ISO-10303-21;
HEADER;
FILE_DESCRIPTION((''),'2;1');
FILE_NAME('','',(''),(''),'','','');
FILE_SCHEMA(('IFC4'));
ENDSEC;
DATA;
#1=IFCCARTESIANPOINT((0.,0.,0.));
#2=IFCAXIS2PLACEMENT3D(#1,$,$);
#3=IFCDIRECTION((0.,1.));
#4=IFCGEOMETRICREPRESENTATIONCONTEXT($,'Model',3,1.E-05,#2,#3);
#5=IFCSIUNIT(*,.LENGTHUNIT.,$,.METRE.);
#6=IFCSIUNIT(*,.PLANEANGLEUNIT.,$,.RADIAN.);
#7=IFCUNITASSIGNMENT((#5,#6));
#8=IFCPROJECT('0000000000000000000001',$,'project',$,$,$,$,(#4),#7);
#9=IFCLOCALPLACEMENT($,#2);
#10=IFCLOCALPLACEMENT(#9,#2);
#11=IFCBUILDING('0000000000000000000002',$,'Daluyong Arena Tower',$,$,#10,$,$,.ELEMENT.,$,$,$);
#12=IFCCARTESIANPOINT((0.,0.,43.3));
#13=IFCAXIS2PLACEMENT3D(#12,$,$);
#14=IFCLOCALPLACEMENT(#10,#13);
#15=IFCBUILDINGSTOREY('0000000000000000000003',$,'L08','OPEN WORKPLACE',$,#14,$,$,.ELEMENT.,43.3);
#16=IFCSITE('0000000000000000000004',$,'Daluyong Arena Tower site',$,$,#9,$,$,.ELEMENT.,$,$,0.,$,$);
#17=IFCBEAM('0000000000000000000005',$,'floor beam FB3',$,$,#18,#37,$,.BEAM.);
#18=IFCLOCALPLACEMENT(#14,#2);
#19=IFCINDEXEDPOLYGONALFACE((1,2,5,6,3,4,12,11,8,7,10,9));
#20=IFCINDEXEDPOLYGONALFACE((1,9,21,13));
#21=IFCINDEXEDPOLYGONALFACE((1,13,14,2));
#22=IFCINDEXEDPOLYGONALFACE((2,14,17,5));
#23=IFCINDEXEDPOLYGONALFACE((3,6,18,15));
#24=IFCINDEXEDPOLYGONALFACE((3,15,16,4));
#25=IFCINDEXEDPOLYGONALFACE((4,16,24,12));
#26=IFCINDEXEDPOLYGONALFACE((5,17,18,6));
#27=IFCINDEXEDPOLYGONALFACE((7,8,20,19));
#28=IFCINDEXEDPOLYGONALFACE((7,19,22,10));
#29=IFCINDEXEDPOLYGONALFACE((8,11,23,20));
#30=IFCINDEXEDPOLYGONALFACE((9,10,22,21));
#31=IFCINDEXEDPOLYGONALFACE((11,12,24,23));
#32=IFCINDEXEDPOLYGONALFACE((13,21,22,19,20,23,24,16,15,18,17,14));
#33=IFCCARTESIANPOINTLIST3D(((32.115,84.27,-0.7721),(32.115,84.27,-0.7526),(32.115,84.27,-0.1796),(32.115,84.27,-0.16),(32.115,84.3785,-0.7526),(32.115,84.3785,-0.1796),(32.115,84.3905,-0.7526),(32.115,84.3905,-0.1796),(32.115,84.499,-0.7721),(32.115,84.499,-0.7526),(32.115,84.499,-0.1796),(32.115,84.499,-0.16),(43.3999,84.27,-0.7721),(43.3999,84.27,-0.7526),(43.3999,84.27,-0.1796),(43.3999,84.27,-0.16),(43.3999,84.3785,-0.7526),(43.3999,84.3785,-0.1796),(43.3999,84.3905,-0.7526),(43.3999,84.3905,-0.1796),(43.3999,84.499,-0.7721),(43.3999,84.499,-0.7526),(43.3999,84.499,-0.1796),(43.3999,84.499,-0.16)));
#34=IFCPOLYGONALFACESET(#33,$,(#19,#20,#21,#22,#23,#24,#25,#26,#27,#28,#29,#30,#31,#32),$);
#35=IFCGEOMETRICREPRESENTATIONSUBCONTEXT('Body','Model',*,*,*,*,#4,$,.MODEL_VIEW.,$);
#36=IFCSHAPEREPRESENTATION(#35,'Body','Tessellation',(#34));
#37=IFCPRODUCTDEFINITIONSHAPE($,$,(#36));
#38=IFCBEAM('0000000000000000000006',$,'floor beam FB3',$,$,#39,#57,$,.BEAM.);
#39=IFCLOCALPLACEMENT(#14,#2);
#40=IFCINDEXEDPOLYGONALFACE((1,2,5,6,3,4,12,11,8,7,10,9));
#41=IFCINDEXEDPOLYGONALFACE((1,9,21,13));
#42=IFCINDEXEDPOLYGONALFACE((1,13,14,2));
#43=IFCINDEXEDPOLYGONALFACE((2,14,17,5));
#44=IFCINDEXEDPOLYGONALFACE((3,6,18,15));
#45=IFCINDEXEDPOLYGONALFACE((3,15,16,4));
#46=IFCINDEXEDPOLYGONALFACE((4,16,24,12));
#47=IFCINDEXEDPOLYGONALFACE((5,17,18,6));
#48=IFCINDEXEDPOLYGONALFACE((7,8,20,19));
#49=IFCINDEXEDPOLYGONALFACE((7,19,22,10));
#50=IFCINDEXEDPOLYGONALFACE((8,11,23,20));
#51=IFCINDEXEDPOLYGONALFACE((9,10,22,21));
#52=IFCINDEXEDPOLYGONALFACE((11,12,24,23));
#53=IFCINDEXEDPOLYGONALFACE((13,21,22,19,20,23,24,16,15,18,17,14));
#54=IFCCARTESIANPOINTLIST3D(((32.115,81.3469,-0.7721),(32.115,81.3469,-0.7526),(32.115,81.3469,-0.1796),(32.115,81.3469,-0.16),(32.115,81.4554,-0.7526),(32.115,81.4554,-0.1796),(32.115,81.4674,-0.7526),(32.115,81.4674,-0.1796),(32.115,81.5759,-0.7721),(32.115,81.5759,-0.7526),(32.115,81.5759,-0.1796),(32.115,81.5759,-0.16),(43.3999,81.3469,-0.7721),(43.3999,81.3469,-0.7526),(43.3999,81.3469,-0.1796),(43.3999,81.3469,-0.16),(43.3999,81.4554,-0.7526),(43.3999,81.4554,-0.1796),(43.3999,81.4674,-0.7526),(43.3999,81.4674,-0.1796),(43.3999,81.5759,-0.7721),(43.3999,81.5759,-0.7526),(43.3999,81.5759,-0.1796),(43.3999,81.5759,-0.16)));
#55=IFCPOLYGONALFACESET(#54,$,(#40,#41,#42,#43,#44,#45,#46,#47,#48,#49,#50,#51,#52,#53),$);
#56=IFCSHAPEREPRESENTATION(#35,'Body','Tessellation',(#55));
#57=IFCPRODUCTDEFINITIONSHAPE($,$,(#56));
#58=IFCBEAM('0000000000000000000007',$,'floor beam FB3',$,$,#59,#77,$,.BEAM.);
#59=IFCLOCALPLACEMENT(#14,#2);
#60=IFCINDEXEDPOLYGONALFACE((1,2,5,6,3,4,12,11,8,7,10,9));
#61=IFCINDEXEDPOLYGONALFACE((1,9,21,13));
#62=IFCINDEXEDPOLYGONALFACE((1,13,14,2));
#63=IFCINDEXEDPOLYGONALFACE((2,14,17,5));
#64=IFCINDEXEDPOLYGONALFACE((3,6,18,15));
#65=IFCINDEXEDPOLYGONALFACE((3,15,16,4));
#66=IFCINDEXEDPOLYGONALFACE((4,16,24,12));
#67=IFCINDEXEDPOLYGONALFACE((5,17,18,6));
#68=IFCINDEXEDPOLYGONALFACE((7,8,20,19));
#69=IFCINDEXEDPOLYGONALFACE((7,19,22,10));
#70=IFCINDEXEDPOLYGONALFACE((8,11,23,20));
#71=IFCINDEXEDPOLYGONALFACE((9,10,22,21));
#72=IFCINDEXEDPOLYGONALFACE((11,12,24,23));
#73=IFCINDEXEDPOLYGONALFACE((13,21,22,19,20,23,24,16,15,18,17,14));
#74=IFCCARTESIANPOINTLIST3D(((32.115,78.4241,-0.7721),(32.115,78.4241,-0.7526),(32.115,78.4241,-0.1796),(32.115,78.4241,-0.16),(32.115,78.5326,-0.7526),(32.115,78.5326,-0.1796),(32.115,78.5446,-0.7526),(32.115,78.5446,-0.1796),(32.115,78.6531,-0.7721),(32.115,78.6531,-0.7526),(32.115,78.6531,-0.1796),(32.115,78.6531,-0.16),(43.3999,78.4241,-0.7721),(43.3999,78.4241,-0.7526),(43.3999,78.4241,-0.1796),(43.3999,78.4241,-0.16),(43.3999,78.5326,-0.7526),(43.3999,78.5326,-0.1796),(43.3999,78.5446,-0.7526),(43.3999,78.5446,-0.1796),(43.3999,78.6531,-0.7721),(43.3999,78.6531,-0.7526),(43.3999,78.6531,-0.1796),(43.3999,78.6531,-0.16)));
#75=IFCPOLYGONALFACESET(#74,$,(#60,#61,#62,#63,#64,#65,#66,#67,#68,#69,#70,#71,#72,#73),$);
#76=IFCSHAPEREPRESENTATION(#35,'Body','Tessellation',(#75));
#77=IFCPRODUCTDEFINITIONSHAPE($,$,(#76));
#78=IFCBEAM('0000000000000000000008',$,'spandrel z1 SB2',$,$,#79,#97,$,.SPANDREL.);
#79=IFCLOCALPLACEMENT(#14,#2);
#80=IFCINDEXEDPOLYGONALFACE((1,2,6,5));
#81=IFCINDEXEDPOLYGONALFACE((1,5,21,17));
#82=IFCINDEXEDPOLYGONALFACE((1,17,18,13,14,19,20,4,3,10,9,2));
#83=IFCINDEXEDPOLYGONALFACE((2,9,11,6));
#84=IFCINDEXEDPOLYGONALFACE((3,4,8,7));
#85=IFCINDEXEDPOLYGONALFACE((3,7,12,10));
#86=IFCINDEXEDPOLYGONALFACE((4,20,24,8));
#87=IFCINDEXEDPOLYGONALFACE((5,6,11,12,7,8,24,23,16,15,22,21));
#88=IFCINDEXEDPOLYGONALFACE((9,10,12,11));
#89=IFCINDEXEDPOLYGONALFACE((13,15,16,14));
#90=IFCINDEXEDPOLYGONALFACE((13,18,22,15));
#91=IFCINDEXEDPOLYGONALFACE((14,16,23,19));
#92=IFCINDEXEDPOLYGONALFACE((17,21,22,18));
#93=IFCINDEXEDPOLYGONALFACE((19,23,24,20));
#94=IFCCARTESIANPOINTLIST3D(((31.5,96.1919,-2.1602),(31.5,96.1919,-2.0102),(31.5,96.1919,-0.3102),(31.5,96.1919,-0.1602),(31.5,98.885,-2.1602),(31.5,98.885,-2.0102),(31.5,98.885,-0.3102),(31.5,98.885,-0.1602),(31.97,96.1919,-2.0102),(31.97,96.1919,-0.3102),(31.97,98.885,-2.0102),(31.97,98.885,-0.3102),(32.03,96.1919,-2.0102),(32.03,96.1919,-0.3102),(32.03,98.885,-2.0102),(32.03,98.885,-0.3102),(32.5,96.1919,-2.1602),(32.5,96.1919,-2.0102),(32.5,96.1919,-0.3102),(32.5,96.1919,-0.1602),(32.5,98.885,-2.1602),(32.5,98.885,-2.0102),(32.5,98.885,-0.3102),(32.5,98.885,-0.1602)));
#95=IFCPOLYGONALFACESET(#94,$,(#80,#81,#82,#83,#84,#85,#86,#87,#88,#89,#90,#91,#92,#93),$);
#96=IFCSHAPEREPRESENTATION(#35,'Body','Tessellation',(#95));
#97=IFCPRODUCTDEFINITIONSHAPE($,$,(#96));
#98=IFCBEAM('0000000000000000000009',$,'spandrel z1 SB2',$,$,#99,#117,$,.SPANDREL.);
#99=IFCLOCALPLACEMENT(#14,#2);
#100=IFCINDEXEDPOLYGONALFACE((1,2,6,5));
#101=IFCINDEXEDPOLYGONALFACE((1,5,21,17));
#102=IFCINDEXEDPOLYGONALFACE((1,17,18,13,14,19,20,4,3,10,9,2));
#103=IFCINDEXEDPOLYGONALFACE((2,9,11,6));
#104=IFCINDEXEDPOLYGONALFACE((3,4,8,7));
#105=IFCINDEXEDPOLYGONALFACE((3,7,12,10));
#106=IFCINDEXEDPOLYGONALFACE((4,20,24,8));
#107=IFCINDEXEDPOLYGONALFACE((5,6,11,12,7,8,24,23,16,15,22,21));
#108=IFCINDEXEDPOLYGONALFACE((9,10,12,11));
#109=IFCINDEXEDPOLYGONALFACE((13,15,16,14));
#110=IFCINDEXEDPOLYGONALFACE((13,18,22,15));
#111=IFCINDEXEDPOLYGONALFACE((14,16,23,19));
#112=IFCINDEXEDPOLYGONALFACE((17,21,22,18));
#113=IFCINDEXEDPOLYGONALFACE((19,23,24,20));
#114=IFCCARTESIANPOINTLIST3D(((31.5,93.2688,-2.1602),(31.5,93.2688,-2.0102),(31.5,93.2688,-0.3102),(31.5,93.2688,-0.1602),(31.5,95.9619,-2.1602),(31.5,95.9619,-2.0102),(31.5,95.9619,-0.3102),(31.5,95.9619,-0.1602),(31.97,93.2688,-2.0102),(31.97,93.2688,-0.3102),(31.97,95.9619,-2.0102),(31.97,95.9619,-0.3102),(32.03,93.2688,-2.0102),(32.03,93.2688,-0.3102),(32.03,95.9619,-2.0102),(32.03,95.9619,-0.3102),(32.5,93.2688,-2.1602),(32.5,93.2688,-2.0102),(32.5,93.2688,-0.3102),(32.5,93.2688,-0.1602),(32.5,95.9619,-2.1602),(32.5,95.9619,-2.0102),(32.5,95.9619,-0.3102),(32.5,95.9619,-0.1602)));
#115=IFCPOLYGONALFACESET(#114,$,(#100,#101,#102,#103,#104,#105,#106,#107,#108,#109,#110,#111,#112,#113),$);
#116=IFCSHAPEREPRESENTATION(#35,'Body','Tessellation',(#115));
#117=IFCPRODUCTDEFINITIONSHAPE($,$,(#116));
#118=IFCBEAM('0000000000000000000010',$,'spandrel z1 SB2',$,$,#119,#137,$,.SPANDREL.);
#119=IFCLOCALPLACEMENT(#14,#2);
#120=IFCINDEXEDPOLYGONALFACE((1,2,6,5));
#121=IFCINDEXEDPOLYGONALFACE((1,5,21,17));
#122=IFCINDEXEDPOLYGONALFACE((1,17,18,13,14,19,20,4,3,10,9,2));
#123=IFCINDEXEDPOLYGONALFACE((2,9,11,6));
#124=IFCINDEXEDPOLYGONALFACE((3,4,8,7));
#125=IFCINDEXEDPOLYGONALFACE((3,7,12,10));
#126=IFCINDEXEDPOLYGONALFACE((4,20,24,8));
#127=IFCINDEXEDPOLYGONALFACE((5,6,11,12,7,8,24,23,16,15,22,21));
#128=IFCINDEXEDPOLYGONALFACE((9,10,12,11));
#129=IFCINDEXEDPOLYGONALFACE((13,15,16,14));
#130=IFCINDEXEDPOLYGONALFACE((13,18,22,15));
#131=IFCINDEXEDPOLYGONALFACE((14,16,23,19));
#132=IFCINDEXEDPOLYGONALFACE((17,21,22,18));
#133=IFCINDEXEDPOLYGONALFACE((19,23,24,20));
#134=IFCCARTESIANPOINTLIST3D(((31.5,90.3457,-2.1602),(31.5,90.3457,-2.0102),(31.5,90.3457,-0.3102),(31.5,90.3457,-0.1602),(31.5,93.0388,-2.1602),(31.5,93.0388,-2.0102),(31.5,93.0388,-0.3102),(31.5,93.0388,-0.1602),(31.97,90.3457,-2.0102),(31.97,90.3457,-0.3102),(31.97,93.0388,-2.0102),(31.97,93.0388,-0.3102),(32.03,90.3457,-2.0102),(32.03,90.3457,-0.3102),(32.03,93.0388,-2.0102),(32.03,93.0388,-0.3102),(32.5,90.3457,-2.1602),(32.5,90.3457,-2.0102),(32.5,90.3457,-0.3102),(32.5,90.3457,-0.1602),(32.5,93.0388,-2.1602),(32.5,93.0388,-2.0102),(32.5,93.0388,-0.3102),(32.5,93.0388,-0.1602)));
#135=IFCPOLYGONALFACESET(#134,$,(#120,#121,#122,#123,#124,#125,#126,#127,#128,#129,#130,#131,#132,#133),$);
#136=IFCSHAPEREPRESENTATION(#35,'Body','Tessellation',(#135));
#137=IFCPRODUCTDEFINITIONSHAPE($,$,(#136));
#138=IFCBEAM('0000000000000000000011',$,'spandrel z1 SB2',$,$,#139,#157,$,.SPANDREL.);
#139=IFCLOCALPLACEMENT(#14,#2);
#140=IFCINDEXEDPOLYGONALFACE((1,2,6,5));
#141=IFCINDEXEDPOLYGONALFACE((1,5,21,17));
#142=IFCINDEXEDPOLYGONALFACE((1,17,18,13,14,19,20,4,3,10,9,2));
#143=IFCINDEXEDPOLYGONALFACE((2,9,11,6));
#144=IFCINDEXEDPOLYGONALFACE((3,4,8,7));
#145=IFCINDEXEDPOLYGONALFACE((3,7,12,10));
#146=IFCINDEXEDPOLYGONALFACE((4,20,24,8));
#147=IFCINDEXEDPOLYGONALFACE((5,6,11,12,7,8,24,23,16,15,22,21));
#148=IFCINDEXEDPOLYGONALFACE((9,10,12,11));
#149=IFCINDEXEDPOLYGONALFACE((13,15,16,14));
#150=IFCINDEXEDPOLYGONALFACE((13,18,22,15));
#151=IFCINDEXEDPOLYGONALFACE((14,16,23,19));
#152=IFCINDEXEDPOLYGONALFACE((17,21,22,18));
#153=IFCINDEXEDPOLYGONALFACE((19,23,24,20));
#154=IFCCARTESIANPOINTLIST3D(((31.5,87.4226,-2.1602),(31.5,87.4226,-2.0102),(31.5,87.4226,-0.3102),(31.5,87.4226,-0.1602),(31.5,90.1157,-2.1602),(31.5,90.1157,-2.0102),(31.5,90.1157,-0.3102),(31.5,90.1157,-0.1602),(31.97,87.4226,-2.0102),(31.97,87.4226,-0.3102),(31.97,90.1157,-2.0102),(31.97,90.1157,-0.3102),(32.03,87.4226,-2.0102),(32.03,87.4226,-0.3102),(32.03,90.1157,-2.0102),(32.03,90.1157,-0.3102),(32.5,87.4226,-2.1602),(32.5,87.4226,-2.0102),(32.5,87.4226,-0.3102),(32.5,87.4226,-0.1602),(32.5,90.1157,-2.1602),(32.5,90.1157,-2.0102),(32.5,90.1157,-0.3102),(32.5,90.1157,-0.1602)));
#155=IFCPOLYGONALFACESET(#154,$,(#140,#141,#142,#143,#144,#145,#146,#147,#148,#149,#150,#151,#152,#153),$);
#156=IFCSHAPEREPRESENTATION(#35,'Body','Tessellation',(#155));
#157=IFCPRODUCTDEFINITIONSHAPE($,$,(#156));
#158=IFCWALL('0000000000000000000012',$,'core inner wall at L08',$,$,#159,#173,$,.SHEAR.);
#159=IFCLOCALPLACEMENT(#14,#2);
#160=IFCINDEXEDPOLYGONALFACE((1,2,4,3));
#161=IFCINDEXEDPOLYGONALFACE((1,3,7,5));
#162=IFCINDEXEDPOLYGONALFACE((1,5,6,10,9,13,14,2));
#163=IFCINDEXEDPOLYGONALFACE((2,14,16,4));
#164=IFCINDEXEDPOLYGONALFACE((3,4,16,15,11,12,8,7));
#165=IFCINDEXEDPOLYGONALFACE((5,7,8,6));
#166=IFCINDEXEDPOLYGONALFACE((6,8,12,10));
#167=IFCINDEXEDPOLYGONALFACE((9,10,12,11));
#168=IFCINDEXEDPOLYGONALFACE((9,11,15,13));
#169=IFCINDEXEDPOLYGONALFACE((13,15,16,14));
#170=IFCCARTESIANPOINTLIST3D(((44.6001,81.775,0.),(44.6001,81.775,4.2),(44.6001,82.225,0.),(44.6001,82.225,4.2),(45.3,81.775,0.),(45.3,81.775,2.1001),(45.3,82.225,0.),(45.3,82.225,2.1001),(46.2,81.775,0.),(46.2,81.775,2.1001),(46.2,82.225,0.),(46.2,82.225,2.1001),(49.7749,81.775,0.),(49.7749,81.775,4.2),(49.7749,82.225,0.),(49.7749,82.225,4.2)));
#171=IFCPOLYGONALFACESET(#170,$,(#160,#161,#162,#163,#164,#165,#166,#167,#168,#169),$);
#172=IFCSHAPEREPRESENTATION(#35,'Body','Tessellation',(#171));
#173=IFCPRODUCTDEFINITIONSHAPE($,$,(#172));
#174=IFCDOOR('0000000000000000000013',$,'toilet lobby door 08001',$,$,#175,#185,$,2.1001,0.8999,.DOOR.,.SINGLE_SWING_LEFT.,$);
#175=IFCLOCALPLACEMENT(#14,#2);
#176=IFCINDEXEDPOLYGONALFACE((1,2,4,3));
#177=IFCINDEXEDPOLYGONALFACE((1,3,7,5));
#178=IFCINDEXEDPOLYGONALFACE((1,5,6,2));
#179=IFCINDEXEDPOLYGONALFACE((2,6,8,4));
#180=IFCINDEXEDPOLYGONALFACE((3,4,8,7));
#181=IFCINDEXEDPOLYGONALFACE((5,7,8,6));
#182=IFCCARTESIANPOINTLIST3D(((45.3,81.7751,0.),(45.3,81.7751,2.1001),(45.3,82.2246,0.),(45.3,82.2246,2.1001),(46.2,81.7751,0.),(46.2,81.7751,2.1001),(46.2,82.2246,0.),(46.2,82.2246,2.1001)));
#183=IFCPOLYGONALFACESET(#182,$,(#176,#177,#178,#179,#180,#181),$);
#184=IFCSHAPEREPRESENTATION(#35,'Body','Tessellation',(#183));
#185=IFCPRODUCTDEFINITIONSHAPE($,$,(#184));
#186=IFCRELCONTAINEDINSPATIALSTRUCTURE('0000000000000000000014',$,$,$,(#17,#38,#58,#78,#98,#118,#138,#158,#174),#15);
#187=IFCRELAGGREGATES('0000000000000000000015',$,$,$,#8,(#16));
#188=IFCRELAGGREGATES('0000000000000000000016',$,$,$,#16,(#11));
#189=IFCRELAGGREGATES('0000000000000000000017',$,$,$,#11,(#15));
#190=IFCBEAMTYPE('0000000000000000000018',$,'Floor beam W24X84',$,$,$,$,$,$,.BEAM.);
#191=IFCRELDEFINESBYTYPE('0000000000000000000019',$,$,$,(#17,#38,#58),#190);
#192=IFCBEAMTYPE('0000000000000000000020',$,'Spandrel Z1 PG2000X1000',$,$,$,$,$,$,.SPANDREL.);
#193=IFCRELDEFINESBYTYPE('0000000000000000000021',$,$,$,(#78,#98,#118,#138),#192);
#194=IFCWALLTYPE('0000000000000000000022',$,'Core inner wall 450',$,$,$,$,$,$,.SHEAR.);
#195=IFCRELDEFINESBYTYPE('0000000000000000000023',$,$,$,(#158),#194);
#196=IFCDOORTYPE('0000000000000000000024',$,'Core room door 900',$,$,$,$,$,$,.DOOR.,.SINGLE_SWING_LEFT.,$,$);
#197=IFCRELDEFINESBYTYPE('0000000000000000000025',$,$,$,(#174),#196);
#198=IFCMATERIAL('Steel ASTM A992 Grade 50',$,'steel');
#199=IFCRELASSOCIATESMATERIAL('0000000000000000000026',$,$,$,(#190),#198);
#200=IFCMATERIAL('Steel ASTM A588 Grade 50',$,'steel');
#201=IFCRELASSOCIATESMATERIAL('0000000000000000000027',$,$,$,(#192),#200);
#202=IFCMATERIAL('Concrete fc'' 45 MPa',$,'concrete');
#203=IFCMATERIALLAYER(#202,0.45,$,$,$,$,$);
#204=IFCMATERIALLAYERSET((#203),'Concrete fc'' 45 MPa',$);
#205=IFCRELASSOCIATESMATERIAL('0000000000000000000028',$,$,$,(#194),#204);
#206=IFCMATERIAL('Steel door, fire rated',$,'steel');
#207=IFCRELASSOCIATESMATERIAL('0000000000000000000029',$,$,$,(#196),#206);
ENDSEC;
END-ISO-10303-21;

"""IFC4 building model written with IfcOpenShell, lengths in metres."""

from ifc_helpers import new_model, si_unit, direction, frame, frame_2d, origin, origin_2d, place, context, subcontext, project, spatial, rectangle, i_section, extrude, material, layer, layer_set, material_profile, profile_set, type_object, element, fill, save


model = new_model("IFC4")

# Units and contexts
model_context = context("Model", 3, precision=1e-05, world=origin(), true_north=direction((0.0, 1.0)))
body_context = subcontext(model_context, "Body", "Model", "MODEL_VIEW")
ifc_project = project(units=[si_unit("LENGTHUNIT", "METRE"), si_unit("PLANEANGLEUNIT", "RADIAN")], contexts=[model_context])

# Site, building, storey
site_placement = place(None, origin())
site = spatial("IfcSite", under=ifc_project, at=site_placement, Name="Daluyong Arena Tower site", CompositionType="ELEMENT", RefElevation=0.0)
building_placement = place(site_placement, origin())
building = spatial("IfcBuilding", under=site, at=building_placement, Name="Daluyong Arena Tower", CompositionType="ELEMENT")
storey_placement = place(building_placement, frame((0.0, 0.0, 43.3)))
storey = spatial("IfcBuildingStorey", under=building, at=storey_placement, Name="L08", Description="OPEN WORKPLACE", CompositionType="ELEMENT", Elevation=43.3)

# Beams
ifc_material_1 = material(Name="Steel ASTM A992 Grade 50", Category="steel")
ifc_material_profile_1 = material_profile(ifc_material_1, i_section(OverallWidth=0.229, OverallDepth=0.6121, WebThickness=0.012, FlangeThickness=0.0195, at=origin_2d()))
ifc_profile_set_1 = profile_set([ifc_material_profile_1], Name="Steel ASTM A992 Grade 50")
beam_type_1 = type_object("IfcBeamType", Name="Floor beam W24X84", PredefinedType="BEAM", material=ifc_profile_set_1)
for number, where, z_axis, x_axis, name in (
    (1, (32.115, 84.3845, -0.4661), (1.0, 0.0, 0.0), (0.0, 1.0, 0.0), "floor beam FB3"),
    (2, (32.115, 81.4614, -0.4661), (1.0, 0.0, 0.0), (0.0, 1.0, 0.0), "floor beam FB3"),
    (3, (32.115, 78.5386, -0.4661), (1.0, 0.0, 0.0), (0.0, 1.0, 0.0), "floor beam FB3"),
):
    element("IfcBeam", number, at=place(storey_placement, frame(where, z_axis=z_axis, x_axis=x_axis)), inside=storey, type_object=beam_type_1, Name=name, PredefinedType="BEAM", context=body_context, shape_type="SweptSolid", body=[
        extrude(i_section(OverallWidth=0.229, OverallDepth=0.6121, WebThickness=0.012, FlangeThickness=0.0195, at=origin_2d()), origin(), (0.0, 0.0, 1.0), 11.2849),
    ])
ifc_material_2 = material(Name="Steel ASTM A588 Grade 50", Category="steel")
ifc_material_profile_2 = material_profile(ifc_material_2, i_section(OverallWidth=1.0, OverallDepth=2.0, WebThickness=0.06, FlangeThickness=0.15, at=origin_2d()))
ifc_profile_set_2 = profile_set([ifc_material_profile_2], Name="Steel ASTM A588 Grade 50")
beam_type_2 = type_object("IfcBeamType", Name="Spandrel Z1 PG2000X1000", PredefinedType="SPANDREL", material=ifc_profile_set_2)
for number, where, z_axis, x_axis, name in (
    (4, (32.0, 98.885, -1.1602), (0.0, -1.0, 0.0), (1.0, 0.0, 0.0), "spandrel z1 SB2"),
    (5, (32.0, 95.9619, -1.1602), (0.0, -1.0, 0.0), (1.0, 0.0, 0.0), "spandrel z1 SB2"),
    (6, (32.0, 93.0388, -1.1602), (0.0, -1.0, 0.0), (1.0, 0.0, 0.0), "spandrel z1 SB2"),
    (7, (32.0, 90.1157, -1.1602), (0.0, -1.0, 0.0), (1.0, 0.0, 0.0), "spandrel z1 SB2"),
):
    element("IfcBeam", number, at=place(storey_placement, frame(where, z_axis=z_axis, x_axis=x_axis)), inside=storey, type_object=beam_type_2, Name=name, PredefinedType="SPANDREL", context=body_context, shape_type="SweptSolid", body=[
        extrude(i_section(OverallWidth=1.0, OverallDepth=2.0, WebThickness=0.06, FlangeThickness=0.15, at=origin_2d()), origin(), (0.0, 0.0, 1.0), 2.6931),
    ])

# Wall, opening, door
ifc_material_3 = material(Name="Concrete fc' 45 MPa", Category="concrete")
ifc_layer_1 = layer(ifc_material_3, 0.45)
ifc_layer_set_1 = layer_set([ifc_layer_1], Name="Concrete fc' 45 MPa")
wall_type_1 = type_object("IfcWallType", Name="Core inner wall 450", PredefinedType="SHEAR", material=ifc_layer_set_1)
wall_1_placement = place(storey_placement, frame((44.6001, 82.0, 0.0), z_axis=(0.0, 0.0, 1.0), x_axis=(1.0, 0.0, 0.0)))
wall_1 = element("IfcWall", 8, at=wall_1_placement, inside=storey, type_object=wall_type_1, Name="core inner wall at L08", PredefinedType="SHEAR", context=body_context, shape_type="SweptSolid", body=[
    extrude(rectangle(XDim=5.1748, YDim=0.45, at=frame_2d((2.5874, 0.0))), origin(), (0.0, 0.0, 1.0), 4.2),
])
opening_1_placement = place(wall_1_placement, frame((0.7, 0.0, 0.0)))
opening_1 = element("IfcOpeningElement", 9, at=opening_1_placement, cuts=wall_1, PredefinedType="OPENING", context=body_context, shape_type="SweptSolid", body=[
    extrude(rectangle(XDim=0.8999, YDim=2.1001, at=frame_2d((0.45, 1.05))), frame((0.0, 0.2349, 0.0), z_axis=(0.0, -1.0, 0.0), x_axis=(1.0, 0.0, 0.0)), (0.0, 0.0, 1.0), 0.47),
])
ifc_material_4 = material(Name="Steel door, fire rated", Category="steel")
door_type_1 = type_object("IfcDoorType", Name="Core room door 900", OperationType="SINGLE_SWING_LEFT", PredefinedType="DOOR", material=ifc_material_4)
door_1_placement = place(opening_1_placement, origin())
door_1 = element("IfcDoor", 10, at=door_1_placement, inside=storey, type_object=door_type_1, Name="toilet lobby door 08001", OperationType="SINGLE_SWING_LEFT", OverallHeight=2.1001, OverallWidth=0.8999, PredefinedType="DOOR", context=body_context, shape_type="SweptSolid", body=[
    extrude(rectangle(XDim=0.8999, YDim=2.1001, at=frame_2d((0.45, 1.05))), frame((0.0, 0.2246, 0.0), z_axis=(0.0, -1.0, 0.0), x_axis=(1.0, 0.0, 0.0)), (0.0, 0.0, 1.0), 0.4495),
])
fill(opening_1, door_1)

save(model, "model.ifc")
